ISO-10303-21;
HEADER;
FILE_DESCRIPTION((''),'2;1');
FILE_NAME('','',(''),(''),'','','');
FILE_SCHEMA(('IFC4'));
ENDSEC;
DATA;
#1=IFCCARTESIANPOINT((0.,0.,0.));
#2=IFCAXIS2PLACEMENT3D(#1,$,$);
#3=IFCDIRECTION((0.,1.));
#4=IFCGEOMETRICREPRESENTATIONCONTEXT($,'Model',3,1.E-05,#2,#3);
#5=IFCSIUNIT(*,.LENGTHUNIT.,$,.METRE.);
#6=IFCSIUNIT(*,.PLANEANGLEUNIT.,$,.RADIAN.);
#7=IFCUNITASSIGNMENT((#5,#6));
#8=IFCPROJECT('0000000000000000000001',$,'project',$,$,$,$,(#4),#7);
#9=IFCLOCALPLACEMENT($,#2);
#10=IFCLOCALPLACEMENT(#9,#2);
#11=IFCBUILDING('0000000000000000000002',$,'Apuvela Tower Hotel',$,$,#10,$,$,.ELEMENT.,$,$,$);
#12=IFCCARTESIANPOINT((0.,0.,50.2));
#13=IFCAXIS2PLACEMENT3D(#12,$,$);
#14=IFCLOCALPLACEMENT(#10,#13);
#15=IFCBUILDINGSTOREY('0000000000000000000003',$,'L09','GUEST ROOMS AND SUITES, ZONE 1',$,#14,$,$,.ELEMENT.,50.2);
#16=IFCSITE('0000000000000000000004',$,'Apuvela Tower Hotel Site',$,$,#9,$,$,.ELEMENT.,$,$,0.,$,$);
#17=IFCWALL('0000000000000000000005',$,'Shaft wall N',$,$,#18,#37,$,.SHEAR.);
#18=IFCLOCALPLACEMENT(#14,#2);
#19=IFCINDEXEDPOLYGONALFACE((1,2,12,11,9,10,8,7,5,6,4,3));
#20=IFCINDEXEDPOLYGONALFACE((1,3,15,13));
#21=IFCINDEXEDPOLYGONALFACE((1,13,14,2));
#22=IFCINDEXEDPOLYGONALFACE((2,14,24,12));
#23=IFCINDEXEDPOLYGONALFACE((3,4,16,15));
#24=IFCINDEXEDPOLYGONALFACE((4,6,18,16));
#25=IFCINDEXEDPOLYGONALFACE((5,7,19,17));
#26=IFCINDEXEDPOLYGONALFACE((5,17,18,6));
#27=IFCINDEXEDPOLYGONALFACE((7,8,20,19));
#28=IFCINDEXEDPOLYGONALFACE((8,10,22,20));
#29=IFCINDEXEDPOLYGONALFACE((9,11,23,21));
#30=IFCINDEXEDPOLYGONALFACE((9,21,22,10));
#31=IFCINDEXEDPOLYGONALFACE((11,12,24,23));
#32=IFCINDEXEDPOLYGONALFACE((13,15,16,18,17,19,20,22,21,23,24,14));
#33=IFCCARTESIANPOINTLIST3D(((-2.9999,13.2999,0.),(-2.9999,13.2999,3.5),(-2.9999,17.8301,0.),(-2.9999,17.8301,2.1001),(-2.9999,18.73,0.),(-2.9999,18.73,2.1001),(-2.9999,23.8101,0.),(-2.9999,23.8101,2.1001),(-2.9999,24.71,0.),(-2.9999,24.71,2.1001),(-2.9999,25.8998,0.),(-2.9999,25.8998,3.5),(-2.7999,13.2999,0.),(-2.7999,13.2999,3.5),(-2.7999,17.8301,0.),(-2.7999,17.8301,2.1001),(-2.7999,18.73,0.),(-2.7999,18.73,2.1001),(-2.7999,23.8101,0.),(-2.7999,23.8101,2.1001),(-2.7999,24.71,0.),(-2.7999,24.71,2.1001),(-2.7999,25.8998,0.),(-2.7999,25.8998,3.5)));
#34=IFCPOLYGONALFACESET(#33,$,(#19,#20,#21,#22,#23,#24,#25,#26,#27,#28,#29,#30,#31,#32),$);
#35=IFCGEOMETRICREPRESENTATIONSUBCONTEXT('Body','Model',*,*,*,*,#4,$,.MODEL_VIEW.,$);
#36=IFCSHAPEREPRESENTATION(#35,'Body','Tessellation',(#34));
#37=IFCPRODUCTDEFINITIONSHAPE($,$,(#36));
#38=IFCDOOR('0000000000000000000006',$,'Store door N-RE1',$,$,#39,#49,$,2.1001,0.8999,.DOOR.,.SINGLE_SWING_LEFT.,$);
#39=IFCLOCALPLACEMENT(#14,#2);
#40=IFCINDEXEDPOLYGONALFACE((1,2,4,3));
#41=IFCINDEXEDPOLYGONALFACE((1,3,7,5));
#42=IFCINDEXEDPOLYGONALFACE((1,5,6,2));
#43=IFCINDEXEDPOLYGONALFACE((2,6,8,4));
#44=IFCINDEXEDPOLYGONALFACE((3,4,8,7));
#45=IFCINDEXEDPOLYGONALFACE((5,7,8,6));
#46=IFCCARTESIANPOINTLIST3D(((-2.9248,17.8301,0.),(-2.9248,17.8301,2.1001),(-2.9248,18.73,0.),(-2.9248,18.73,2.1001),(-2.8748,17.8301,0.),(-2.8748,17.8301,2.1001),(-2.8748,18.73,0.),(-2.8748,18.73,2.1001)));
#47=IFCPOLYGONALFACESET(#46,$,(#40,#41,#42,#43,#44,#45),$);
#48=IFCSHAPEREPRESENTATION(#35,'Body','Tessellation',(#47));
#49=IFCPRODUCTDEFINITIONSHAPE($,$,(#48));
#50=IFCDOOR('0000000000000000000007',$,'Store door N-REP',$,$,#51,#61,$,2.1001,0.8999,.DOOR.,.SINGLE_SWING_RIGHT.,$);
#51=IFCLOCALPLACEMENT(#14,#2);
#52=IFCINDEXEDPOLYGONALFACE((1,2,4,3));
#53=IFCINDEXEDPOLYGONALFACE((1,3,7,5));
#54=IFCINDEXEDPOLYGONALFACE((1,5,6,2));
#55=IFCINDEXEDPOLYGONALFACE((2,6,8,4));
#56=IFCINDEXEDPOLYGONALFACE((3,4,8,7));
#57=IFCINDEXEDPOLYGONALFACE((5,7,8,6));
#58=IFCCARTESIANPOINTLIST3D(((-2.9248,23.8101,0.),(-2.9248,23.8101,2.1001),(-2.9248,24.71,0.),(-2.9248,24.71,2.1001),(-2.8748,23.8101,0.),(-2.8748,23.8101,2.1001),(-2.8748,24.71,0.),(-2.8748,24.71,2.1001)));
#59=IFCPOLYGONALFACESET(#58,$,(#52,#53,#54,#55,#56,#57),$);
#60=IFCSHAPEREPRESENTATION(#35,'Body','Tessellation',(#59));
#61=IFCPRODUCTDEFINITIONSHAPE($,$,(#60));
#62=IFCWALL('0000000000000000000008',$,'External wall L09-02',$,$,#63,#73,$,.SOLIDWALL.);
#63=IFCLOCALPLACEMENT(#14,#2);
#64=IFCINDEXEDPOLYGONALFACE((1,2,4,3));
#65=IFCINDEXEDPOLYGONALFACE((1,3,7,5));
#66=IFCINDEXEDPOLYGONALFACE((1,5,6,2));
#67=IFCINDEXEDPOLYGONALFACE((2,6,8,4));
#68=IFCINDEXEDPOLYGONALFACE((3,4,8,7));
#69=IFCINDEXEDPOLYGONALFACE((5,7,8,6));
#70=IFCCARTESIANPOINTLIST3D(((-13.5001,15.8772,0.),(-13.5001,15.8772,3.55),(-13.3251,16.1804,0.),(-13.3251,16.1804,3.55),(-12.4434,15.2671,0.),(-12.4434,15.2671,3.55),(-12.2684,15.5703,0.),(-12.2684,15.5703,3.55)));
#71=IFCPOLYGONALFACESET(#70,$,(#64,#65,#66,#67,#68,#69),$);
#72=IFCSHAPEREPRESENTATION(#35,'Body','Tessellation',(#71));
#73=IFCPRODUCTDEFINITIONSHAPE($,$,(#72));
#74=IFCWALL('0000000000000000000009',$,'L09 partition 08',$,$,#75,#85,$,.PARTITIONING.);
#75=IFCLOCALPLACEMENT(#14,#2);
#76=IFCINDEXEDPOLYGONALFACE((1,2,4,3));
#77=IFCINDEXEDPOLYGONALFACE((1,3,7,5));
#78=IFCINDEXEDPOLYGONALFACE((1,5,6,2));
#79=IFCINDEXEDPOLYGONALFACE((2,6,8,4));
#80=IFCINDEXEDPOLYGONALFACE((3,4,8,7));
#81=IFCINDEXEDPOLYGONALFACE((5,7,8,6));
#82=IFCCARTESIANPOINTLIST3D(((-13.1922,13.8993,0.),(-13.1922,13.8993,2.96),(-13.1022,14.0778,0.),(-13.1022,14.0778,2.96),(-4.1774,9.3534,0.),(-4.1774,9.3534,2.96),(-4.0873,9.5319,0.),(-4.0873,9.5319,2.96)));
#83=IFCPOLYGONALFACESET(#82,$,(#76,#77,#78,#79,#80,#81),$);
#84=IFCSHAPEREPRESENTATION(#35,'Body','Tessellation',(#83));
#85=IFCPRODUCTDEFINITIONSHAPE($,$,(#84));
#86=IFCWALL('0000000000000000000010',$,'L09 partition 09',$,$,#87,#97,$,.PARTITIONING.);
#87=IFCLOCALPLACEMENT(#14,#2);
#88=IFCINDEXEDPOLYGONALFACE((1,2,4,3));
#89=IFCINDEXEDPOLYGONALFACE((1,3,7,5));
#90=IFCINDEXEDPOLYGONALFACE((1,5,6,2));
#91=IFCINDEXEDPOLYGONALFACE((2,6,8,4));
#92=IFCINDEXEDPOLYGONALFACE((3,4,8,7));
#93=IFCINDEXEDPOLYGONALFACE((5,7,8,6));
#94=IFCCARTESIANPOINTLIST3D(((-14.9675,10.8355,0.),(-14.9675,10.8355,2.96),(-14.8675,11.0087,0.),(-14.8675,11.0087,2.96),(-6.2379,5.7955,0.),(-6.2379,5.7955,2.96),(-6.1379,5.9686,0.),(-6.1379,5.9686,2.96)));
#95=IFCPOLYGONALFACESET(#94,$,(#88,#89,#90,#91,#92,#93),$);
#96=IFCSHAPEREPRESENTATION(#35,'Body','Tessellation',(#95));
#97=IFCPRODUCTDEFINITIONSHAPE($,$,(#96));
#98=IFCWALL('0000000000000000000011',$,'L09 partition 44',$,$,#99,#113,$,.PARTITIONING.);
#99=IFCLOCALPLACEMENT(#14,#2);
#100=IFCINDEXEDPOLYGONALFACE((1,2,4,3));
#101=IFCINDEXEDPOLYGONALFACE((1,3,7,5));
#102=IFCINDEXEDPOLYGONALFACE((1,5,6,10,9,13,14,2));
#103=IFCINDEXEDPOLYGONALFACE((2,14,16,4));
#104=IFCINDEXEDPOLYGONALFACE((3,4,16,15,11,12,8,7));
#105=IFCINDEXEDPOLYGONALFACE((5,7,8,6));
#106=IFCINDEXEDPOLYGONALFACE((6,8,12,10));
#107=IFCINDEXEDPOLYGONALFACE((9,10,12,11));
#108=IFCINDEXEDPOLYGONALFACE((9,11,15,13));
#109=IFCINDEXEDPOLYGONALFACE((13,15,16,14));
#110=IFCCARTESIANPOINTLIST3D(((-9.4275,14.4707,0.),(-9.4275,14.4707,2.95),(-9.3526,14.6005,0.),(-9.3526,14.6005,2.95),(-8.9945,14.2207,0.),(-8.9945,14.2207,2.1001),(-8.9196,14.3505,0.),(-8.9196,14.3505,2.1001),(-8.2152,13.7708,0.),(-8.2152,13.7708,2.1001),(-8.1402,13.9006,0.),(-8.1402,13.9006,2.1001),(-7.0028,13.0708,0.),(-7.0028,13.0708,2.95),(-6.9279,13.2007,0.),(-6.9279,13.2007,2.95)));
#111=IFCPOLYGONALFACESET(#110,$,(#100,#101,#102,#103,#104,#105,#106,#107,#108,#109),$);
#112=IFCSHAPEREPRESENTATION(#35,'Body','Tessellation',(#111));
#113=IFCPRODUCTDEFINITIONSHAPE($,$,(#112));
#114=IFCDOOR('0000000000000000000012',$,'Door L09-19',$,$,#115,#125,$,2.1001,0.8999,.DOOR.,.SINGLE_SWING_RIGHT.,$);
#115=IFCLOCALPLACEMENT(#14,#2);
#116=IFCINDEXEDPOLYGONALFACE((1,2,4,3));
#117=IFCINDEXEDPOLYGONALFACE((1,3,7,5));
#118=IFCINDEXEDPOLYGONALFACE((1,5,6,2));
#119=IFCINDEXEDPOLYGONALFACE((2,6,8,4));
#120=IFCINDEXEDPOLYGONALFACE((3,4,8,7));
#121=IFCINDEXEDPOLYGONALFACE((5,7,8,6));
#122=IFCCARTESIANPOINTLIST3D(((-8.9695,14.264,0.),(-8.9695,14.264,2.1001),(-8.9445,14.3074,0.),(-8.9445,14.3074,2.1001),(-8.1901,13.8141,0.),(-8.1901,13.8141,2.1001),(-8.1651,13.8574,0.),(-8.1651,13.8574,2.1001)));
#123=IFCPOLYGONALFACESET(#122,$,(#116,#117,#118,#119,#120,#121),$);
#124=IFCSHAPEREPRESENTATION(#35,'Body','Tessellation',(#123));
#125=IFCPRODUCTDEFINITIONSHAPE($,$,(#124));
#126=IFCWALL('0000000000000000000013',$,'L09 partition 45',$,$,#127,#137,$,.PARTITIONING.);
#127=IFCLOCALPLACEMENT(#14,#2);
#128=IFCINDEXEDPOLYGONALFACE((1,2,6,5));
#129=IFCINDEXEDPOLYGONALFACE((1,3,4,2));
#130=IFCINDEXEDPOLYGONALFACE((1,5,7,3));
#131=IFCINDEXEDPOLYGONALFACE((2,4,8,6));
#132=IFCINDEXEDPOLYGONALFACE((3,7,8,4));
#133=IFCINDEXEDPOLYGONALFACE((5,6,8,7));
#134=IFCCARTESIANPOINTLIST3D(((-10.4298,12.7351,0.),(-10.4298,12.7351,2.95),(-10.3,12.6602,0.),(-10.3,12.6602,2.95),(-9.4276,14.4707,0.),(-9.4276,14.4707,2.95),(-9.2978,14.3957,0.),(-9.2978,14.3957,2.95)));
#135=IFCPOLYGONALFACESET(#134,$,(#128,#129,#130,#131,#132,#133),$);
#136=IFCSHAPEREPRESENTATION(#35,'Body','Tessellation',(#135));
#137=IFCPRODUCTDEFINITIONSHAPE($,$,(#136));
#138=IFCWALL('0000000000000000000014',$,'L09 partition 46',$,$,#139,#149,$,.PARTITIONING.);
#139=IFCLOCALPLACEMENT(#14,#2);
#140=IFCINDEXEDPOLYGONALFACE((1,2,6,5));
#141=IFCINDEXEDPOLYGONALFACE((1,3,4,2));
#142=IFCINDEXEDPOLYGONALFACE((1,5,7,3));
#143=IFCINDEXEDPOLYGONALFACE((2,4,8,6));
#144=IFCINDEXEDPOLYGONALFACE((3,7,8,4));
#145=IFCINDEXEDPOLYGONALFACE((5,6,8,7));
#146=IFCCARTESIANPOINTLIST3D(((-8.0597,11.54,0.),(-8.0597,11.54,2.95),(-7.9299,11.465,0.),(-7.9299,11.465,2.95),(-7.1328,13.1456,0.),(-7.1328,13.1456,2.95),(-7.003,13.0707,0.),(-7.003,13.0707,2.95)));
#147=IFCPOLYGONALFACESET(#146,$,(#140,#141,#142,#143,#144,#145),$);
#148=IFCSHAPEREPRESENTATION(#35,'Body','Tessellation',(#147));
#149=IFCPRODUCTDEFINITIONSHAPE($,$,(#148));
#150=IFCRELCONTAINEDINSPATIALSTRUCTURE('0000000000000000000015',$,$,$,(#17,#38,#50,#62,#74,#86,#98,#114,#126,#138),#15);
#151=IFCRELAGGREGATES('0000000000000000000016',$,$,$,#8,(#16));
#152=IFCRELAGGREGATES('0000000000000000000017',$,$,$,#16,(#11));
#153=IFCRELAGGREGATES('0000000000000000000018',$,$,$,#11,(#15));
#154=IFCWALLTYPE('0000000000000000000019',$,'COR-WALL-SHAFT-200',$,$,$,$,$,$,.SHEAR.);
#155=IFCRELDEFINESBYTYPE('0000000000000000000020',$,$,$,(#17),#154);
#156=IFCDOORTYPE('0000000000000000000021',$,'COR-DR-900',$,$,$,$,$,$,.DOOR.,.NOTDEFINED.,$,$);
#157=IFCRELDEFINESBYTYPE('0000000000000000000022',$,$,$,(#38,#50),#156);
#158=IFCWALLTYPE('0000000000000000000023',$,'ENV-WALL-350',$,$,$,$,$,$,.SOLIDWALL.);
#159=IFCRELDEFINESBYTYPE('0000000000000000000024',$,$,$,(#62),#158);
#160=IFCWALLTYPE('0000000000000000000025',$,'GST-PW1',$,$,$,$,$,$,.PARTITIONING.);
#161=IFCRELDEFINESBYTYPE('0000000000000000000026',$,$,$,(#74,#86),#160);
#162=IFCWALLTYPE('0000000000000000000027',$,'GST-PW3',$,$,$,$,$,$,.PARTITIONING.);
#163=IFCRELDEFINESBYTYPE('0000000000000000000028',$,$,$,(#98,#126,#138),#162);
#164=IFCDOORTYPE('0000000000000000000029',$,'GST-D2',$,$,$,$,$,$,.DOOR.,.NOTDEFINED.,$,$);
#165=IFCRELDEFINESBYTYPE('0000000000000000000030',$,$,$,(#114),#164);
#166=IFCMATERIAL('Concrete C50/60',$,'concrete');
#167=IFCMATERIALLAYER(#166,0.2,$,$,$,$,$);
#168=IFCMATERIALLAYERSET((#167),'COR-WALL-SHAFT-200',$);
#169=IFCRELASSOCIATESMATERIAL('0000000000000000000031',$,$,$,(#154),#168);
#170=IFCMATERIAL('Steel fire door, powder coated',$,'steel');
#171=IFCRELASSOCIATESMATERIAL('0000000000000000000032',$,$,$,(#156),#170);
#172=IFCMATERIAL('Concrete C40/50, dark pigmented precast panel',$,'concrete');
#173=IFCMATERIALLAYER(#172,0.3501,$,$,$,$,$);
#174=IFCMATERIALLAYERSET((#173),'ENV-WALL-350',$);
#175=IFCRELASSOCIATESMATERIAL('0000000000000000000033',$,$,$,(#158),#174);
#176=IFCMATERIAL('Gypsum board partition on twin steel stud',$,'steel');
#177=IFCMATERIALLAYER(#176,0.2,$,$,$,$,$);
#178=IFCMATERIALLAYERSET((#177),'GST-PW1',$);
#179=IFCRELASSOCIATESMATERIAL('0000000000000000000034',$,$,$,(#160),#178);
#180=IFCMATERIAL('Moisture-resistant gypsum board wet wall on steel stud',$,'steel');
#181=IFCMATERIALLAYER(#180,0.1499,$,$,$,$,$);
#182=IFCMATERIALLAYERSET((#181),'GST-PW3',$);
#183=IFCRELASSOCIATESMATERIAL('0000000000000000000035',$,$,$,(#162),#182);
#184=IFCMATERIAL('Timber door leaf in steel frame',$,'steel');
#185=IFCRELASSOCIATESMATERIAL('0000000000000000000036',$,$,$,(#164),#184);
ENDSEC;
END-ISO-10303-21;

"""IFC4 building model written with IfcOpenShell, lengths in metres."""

from ifc_helpers import new_model, si_unit, direction, frame, frame_2d, origin, place, context, subcontext, project, spatial, rectangle, extrude, material, layer, layer_set, type_object, element, fill, save


model = new_model("IFC4")

# Units and contexts
model_context = context("Model", 3, precision=1e-05, world=origin(), true_north=direction((0.0, 1.0)))
body_context = subcontext(model_context, "Body", "Model", "MODEL_VIEW")
ifc_project = project(units=[si_unit("LENGTHUNIT", "METRE"), si_unit("PLANEANGLEUNIT", "RADIAN")], contexts=[model_context])

# Site, building, storey
site_placement = place(None, origin())
site = spatial("IfcSite", under=ifc_project, at=site_placement, Name="Apuvela Tower Hotel Site", CompositionType="ELEMENT", RefElevation=0.0)
building_placement = place(site_placement, origin())
building = spatial("IfcBuilding", under=site, at=building_placement, Name="Apuvela Tower Hotel", CompositionType="ELEMENT")
storey_placement = place(building_placement, frame((0.0, 0.0, 50.2)))
storey = spatial("IfcBuildingStorey", under=building, at=storey_placement, Name="L09", Description="GUEST ROOMS AND SUITES, ZONE 1", CompositionType="ELEMENT", Elevation=50.2)

# Shared definitions
ifc_material_1 = material(Name="Concrete C50/60", Category="concrete")
ifc_layer_1 = layer(ifc_material_1, 0.2)
ifc_layer_set_1 = layer_set([ifc_layer_1], Name="COR-WALL-SHAFT-200")
wall_type_1 = type_object("IfcWallType", Name="COR-WALL-SHAFT-200", PredefinedType="SHEAR", material=ifc_layer_set_1)

# Wall, openings, doors
wall_1_placement = place(storey_placement, frame((-2.8999, 13.3, 0.0), z_axis=(0.0, 0.0, 1.0), x_axis=(0.0, 1.0, 0.0)))
wall_1 = element("IfcWall", 1, at=wall_1_placement, inside=storey, type_object=wall_type_1, Name="Shaft wall N", PredefinedType="SHEAR", context=body_context, shape_type="SweptSolid", body=[
    extrude(rectangle(XDim=12.5999, YDim=0.2, at=frame_2d((6.2998, 0.0))), origin(), (0.0, 0.0, 1.0), 3.5),
])
opening_1_placement = place(wall_1_placement, frame((4.53, 0.0, 0.0)))
opening_1 = element("IfcOpeningElement", 2, at=opening_1_placement, cuts=wall_1, PredefinedType="OPENING", context=body_context, shape_type="SweptSolid", body=[
    extrude(rectangle(XDim=0.8999, YDim=2.1001, at=frame_2d((0.45, 1.05))), frame((0.0, 0.1099, 0.0), z_axis=(0.0, -1.0, 0.0), x_axis=(1.0, 0.0, 0.0)), (0.0, 0.0, 1.0), 0.22),
])
opening_2_placement = place(wall_1_placement, frame((10.51, 0.0, 0.0)))
opening_2 = element("IfcOpeningElement", 3, at=opening_2_placement, cuts=wall_1, PredefinedType="OPENING", context=body_context, shape_type="SweptSolid", body=[
    extrude(rectangle(XDim=0.8999, YDim=2.1001, at=frame_2d((0.45, 1.05))), frame((0.0, 0.1099, 0.0), z_axis=(0.0, -1.0, 0.0), x_axis=(1.0, 0.0, 0.0)), (0.0, 0.0, 1.0), 0.22),
])
ifc_material_2 = material(Name="Steel fire door, powder coated", Category="steel")
door_type_1 = type_object("IfcDoorType", Name="COR-DR-900", OperationType="NOTDEFINED", PredefinedType="DOOR", material=ifc_material_2)
door_1_placement = place(opening_1_placement, origin())
door_1 = element("IfcDoor", 4, at=door_1_placement, inside=storey, type_object=door_type_1, Name="Store door N-RE1", OperationType="SINGLE_SWING_LEFT", OverallHeight=2.1001, OverallWidth=0.8999, PredefinedType="DOOR", context=body_context, shape_type="SweptSolid", body=[
    extrude(rectangle(XDim=0.8999, YDim=2.1001, at=frame_2d((0.45, 1.05))), frame((0.0, 0.0249, 0.0), z_axis=(0.0, -1.0, 0.0), x_axis=(1.0, 0.0, 0.0)), (0.0, 0.0, 1.0), 0.05),
])
fill(opening_1, door_1)
door_2_placement = place(opening_2_placement, origin())
door_2 = element("IfcDoor", 5, at=door_2_placement, inside=storey, type_object=door_type_1, Name="Store door N-REP", OperationType="SINGLE_SWING_RIGHT", OverallHeight=2.1001, OverallWidth=0.8999, PredefinedType="DOOR", context=body_context, shape_type="SweptSolid", body=[
    extrude(rectangle(XDim=0.8999, YDim=2.1001, at=frame_2d((0.45, 1.05))), frame((0.0, 0.0249, 0.0), z_axis=(0.0, -1.0, 0.0), x_axis=(1.0, 0.0, 0.0)), (0.0, 0.0, 1.0), 0.05),
])
fill(opening_2, door_2)

# Wall
ifc_material_3 = material(Name="Concrete C40/50, dark pigmented precast panel", Category="concrete")
ifc_layer_2 = layer(ifc_material_3, 0.3501)
ifc_layer_set_2 = layer_set([ifc_layer_2], Name="ENV-WALL-350")
wall_type_2 = type_object("IfcWallType", Name="ENV-WALL-350", PredefinedType="SOLIDWALL", material=ifc_layer_set_2)
wall_2_placement = place(storey_placement, frame((-13.4126, 16.0288, 0.0), z_axis=(0.0, 0.0, 1.0), x_axis=(0.866006, -0.500034, 0.0)))
element("IfcWall", 6, at=wall_2_placement, inside=storey, type_object=wall_type_2, Name="External wall L09-02", PredefinedType="SOLIDWALL", context=body_context, shape_type="SweptSolid", body=[
    extrude(rectangle(XDim=1.2202, YDim=0.3501, at=frame_2d((0.6101, 0.0))), origin(), (0.0, 0.0, 1.0), 3.55),
])

# Walls
ifc_material_4 = material(Name="Gypsum board partition on twin steel stud", Category="steel")
ifc_layer_3 = layer(ifc_material_4, 0.2)
ifc_layer_set_3 = layer_set([ifc_layer_3], Name="GST-PW1")
wall_type_3 = type_object("IfcWallType", Name="GST-PW1", PredefinedType="PARTITIONING", material=ifc_layer_set_3)
wall_3_placement = place(storey_placement, frame((-13.1472, 13.9885, 0.0), z_axis=(0.0, 0.0, 1.0), x_axis=(0.892899, -0.450258, 0.0)))
element("IfcWall", 7, at=wall_3_placement, inside=storey, type_object=wall_type_3, Name="L09 partition 08", PredefinedType="PARTITIONING", context=body_context, shape_type="SweptSolid", body=[
    extrude(rectangle(XDim=10.0962, YDim=0.2, at=frame_2d((5.0481, 0.0))), origin(), (0.0, 0.0, 1.0), 2.96),
])
wall_4_placement = place(storey_placement, frame((-14.9175, 10.9221, 0.0), z_axis=(0.0, 0.0, 1.0), x_axis=(0.866023, -0.500005, 0.0)))
element("IfcWall", 8, at=wall_4_placement, inside=storey, type_object=wall_type_3, Name="L09 partition 09", PredefinedType="PARTITIONING", context=body_context, shape_type="SweptSolid", body=[
    extrude(rectangle(XDim=10.0801, YDim=0.2, at=frame_2d((5.04, 0.0))), origin(), (0.0, 0.0, 1.0), 2.96),
])

# Wall, opening, door
ifc_material_5 = material(Name="Moisture-resistant gypsum board wet wall on steel stud", Category="steel")
ifc_layer_4 = layer(ifc_material_5, 0.1499)
ifc_layer_set_4 = layer_set([ifc_layer_4], Name="GST-PW3")
wall_type_4 = type_object("IfcWallType", Name="GST-PW3", PredefinedType="PARTITIONING", material=ifc_layer_set_4)
wall_5_placement = place(storey_placement, frame((-6.9653, 13.1357, 0.0), z_axis=(0.0, 0.0, 1.0), x_axis=(-0.866035, 0.499984, 0.0)))
wall_5 = element("IfcWall", 9, at=wall_5_placement, inside=storey, type_object=wall_type_4, Name="L09 partition 44", PredefinedType="PARTITIONING", context=body_context, shape_type="SweptSolid", body=[
    extrude(rectangle(XDim=2.7998, YDim=0.1499, at=frame_2d((1.3999, 0.0))), origin(), (0.0, 0.0, 1.0), 2.95),
])
opening_3_placement = place(wall_5_placement, frame((1.3999, 0.0, 0.0)))
opening_3 = element("IfcOpeningElement", 10, at=opening_3_placement, cuts=wall_5, PredefinedType="OPENING", context=body_context, shape_type="SweptSolid", body=[
    extrude(rectangle(XDim=0.8999, YDim=2.1001, at=frame_2d((0.45, 1.05))), frame((0.0, 0.085, 0.0), z_axis=(0.0, -1.0, 0.0), x_axis=(1.0, 0.0, 0.0)), (0.0, 0.0, 1.0), 0.1699),
])
ifc_material_6 = material(Name="Timber door leaf in steel frame", Category="steel")
door_type_2 = type_object("IfcDoorType", Name="GST-D2", OperationType="NOTDEFINED", PredefinedType="DOOR", material=ifc_material_6)
door_3_placement = place(opening_3_placement, origin())
door_3 = element("IfcDoor", 11, at=door_3_placement, inside=storey, type_object=door_type_2, Name="Door L09-19", OperationType="SINGLE_SWING_RIGHT", OverallHeight=2.1001, OverallWidth=0.8999, PredefinedType="DOOR", context=body_context, shape_type="SweptSolid", body=[
    extrude(rectangle(XDim=0.8999, YDim=2.1001, at=frame_2d((0.45, 1.05))), frame((0.0, 0.0249, 0.0), z_axis=(0.0, -1.0, 0.0), x_axis=(1.0, 0.0, 0.0)), (0.0, 0.0, 1.0), 0.05),
])
fill(opening_3, door_3)

# Walls
wall_6_placement = place(storey_placement, frame((-9.3628, 14.4331, 0.0), z_axis=(0.0, 0.0, 1.0), x_axis=(-0.500056, -0.865993, 0.0)))
element("IfcWall", 12, at=wall_6_placement, inside=storey, type_object=wall_type_4, Name="L09 partition 45", PredefinedType="PARTITIONING", context=body_context, shape_type="SweptSolid", body=[
    extrude(rectangle(XDim=2.0042, YDim=0.1499, at=frame_2d((1.002, 0.0))), origin(), (0.0, 0.0, 1.0), 2.95),
])
wall_7_placement = place(storey_placement, frame((-7.0679, 13.1082, 0.0), z_axis=(0.0, 0.0, 1.0), x_axis=(-0.499977, -0.866039, 0.0)))
element("IfcWall", 13, at=wall_7_placement, inside=storey, type_object=wall_type_4, Name="L09 partition 46", PredefinedType="PARTITIONING", context=body_context, shape_type="SweptSolid", body=[
    extrude(rectangle(XDim=1.854, YDim=0.1499, at=frame_2d((0.927, 0.0))), origin(), (0.0, 0.0, 1.0), 2.95),
])

save(model, "model.ifc")
